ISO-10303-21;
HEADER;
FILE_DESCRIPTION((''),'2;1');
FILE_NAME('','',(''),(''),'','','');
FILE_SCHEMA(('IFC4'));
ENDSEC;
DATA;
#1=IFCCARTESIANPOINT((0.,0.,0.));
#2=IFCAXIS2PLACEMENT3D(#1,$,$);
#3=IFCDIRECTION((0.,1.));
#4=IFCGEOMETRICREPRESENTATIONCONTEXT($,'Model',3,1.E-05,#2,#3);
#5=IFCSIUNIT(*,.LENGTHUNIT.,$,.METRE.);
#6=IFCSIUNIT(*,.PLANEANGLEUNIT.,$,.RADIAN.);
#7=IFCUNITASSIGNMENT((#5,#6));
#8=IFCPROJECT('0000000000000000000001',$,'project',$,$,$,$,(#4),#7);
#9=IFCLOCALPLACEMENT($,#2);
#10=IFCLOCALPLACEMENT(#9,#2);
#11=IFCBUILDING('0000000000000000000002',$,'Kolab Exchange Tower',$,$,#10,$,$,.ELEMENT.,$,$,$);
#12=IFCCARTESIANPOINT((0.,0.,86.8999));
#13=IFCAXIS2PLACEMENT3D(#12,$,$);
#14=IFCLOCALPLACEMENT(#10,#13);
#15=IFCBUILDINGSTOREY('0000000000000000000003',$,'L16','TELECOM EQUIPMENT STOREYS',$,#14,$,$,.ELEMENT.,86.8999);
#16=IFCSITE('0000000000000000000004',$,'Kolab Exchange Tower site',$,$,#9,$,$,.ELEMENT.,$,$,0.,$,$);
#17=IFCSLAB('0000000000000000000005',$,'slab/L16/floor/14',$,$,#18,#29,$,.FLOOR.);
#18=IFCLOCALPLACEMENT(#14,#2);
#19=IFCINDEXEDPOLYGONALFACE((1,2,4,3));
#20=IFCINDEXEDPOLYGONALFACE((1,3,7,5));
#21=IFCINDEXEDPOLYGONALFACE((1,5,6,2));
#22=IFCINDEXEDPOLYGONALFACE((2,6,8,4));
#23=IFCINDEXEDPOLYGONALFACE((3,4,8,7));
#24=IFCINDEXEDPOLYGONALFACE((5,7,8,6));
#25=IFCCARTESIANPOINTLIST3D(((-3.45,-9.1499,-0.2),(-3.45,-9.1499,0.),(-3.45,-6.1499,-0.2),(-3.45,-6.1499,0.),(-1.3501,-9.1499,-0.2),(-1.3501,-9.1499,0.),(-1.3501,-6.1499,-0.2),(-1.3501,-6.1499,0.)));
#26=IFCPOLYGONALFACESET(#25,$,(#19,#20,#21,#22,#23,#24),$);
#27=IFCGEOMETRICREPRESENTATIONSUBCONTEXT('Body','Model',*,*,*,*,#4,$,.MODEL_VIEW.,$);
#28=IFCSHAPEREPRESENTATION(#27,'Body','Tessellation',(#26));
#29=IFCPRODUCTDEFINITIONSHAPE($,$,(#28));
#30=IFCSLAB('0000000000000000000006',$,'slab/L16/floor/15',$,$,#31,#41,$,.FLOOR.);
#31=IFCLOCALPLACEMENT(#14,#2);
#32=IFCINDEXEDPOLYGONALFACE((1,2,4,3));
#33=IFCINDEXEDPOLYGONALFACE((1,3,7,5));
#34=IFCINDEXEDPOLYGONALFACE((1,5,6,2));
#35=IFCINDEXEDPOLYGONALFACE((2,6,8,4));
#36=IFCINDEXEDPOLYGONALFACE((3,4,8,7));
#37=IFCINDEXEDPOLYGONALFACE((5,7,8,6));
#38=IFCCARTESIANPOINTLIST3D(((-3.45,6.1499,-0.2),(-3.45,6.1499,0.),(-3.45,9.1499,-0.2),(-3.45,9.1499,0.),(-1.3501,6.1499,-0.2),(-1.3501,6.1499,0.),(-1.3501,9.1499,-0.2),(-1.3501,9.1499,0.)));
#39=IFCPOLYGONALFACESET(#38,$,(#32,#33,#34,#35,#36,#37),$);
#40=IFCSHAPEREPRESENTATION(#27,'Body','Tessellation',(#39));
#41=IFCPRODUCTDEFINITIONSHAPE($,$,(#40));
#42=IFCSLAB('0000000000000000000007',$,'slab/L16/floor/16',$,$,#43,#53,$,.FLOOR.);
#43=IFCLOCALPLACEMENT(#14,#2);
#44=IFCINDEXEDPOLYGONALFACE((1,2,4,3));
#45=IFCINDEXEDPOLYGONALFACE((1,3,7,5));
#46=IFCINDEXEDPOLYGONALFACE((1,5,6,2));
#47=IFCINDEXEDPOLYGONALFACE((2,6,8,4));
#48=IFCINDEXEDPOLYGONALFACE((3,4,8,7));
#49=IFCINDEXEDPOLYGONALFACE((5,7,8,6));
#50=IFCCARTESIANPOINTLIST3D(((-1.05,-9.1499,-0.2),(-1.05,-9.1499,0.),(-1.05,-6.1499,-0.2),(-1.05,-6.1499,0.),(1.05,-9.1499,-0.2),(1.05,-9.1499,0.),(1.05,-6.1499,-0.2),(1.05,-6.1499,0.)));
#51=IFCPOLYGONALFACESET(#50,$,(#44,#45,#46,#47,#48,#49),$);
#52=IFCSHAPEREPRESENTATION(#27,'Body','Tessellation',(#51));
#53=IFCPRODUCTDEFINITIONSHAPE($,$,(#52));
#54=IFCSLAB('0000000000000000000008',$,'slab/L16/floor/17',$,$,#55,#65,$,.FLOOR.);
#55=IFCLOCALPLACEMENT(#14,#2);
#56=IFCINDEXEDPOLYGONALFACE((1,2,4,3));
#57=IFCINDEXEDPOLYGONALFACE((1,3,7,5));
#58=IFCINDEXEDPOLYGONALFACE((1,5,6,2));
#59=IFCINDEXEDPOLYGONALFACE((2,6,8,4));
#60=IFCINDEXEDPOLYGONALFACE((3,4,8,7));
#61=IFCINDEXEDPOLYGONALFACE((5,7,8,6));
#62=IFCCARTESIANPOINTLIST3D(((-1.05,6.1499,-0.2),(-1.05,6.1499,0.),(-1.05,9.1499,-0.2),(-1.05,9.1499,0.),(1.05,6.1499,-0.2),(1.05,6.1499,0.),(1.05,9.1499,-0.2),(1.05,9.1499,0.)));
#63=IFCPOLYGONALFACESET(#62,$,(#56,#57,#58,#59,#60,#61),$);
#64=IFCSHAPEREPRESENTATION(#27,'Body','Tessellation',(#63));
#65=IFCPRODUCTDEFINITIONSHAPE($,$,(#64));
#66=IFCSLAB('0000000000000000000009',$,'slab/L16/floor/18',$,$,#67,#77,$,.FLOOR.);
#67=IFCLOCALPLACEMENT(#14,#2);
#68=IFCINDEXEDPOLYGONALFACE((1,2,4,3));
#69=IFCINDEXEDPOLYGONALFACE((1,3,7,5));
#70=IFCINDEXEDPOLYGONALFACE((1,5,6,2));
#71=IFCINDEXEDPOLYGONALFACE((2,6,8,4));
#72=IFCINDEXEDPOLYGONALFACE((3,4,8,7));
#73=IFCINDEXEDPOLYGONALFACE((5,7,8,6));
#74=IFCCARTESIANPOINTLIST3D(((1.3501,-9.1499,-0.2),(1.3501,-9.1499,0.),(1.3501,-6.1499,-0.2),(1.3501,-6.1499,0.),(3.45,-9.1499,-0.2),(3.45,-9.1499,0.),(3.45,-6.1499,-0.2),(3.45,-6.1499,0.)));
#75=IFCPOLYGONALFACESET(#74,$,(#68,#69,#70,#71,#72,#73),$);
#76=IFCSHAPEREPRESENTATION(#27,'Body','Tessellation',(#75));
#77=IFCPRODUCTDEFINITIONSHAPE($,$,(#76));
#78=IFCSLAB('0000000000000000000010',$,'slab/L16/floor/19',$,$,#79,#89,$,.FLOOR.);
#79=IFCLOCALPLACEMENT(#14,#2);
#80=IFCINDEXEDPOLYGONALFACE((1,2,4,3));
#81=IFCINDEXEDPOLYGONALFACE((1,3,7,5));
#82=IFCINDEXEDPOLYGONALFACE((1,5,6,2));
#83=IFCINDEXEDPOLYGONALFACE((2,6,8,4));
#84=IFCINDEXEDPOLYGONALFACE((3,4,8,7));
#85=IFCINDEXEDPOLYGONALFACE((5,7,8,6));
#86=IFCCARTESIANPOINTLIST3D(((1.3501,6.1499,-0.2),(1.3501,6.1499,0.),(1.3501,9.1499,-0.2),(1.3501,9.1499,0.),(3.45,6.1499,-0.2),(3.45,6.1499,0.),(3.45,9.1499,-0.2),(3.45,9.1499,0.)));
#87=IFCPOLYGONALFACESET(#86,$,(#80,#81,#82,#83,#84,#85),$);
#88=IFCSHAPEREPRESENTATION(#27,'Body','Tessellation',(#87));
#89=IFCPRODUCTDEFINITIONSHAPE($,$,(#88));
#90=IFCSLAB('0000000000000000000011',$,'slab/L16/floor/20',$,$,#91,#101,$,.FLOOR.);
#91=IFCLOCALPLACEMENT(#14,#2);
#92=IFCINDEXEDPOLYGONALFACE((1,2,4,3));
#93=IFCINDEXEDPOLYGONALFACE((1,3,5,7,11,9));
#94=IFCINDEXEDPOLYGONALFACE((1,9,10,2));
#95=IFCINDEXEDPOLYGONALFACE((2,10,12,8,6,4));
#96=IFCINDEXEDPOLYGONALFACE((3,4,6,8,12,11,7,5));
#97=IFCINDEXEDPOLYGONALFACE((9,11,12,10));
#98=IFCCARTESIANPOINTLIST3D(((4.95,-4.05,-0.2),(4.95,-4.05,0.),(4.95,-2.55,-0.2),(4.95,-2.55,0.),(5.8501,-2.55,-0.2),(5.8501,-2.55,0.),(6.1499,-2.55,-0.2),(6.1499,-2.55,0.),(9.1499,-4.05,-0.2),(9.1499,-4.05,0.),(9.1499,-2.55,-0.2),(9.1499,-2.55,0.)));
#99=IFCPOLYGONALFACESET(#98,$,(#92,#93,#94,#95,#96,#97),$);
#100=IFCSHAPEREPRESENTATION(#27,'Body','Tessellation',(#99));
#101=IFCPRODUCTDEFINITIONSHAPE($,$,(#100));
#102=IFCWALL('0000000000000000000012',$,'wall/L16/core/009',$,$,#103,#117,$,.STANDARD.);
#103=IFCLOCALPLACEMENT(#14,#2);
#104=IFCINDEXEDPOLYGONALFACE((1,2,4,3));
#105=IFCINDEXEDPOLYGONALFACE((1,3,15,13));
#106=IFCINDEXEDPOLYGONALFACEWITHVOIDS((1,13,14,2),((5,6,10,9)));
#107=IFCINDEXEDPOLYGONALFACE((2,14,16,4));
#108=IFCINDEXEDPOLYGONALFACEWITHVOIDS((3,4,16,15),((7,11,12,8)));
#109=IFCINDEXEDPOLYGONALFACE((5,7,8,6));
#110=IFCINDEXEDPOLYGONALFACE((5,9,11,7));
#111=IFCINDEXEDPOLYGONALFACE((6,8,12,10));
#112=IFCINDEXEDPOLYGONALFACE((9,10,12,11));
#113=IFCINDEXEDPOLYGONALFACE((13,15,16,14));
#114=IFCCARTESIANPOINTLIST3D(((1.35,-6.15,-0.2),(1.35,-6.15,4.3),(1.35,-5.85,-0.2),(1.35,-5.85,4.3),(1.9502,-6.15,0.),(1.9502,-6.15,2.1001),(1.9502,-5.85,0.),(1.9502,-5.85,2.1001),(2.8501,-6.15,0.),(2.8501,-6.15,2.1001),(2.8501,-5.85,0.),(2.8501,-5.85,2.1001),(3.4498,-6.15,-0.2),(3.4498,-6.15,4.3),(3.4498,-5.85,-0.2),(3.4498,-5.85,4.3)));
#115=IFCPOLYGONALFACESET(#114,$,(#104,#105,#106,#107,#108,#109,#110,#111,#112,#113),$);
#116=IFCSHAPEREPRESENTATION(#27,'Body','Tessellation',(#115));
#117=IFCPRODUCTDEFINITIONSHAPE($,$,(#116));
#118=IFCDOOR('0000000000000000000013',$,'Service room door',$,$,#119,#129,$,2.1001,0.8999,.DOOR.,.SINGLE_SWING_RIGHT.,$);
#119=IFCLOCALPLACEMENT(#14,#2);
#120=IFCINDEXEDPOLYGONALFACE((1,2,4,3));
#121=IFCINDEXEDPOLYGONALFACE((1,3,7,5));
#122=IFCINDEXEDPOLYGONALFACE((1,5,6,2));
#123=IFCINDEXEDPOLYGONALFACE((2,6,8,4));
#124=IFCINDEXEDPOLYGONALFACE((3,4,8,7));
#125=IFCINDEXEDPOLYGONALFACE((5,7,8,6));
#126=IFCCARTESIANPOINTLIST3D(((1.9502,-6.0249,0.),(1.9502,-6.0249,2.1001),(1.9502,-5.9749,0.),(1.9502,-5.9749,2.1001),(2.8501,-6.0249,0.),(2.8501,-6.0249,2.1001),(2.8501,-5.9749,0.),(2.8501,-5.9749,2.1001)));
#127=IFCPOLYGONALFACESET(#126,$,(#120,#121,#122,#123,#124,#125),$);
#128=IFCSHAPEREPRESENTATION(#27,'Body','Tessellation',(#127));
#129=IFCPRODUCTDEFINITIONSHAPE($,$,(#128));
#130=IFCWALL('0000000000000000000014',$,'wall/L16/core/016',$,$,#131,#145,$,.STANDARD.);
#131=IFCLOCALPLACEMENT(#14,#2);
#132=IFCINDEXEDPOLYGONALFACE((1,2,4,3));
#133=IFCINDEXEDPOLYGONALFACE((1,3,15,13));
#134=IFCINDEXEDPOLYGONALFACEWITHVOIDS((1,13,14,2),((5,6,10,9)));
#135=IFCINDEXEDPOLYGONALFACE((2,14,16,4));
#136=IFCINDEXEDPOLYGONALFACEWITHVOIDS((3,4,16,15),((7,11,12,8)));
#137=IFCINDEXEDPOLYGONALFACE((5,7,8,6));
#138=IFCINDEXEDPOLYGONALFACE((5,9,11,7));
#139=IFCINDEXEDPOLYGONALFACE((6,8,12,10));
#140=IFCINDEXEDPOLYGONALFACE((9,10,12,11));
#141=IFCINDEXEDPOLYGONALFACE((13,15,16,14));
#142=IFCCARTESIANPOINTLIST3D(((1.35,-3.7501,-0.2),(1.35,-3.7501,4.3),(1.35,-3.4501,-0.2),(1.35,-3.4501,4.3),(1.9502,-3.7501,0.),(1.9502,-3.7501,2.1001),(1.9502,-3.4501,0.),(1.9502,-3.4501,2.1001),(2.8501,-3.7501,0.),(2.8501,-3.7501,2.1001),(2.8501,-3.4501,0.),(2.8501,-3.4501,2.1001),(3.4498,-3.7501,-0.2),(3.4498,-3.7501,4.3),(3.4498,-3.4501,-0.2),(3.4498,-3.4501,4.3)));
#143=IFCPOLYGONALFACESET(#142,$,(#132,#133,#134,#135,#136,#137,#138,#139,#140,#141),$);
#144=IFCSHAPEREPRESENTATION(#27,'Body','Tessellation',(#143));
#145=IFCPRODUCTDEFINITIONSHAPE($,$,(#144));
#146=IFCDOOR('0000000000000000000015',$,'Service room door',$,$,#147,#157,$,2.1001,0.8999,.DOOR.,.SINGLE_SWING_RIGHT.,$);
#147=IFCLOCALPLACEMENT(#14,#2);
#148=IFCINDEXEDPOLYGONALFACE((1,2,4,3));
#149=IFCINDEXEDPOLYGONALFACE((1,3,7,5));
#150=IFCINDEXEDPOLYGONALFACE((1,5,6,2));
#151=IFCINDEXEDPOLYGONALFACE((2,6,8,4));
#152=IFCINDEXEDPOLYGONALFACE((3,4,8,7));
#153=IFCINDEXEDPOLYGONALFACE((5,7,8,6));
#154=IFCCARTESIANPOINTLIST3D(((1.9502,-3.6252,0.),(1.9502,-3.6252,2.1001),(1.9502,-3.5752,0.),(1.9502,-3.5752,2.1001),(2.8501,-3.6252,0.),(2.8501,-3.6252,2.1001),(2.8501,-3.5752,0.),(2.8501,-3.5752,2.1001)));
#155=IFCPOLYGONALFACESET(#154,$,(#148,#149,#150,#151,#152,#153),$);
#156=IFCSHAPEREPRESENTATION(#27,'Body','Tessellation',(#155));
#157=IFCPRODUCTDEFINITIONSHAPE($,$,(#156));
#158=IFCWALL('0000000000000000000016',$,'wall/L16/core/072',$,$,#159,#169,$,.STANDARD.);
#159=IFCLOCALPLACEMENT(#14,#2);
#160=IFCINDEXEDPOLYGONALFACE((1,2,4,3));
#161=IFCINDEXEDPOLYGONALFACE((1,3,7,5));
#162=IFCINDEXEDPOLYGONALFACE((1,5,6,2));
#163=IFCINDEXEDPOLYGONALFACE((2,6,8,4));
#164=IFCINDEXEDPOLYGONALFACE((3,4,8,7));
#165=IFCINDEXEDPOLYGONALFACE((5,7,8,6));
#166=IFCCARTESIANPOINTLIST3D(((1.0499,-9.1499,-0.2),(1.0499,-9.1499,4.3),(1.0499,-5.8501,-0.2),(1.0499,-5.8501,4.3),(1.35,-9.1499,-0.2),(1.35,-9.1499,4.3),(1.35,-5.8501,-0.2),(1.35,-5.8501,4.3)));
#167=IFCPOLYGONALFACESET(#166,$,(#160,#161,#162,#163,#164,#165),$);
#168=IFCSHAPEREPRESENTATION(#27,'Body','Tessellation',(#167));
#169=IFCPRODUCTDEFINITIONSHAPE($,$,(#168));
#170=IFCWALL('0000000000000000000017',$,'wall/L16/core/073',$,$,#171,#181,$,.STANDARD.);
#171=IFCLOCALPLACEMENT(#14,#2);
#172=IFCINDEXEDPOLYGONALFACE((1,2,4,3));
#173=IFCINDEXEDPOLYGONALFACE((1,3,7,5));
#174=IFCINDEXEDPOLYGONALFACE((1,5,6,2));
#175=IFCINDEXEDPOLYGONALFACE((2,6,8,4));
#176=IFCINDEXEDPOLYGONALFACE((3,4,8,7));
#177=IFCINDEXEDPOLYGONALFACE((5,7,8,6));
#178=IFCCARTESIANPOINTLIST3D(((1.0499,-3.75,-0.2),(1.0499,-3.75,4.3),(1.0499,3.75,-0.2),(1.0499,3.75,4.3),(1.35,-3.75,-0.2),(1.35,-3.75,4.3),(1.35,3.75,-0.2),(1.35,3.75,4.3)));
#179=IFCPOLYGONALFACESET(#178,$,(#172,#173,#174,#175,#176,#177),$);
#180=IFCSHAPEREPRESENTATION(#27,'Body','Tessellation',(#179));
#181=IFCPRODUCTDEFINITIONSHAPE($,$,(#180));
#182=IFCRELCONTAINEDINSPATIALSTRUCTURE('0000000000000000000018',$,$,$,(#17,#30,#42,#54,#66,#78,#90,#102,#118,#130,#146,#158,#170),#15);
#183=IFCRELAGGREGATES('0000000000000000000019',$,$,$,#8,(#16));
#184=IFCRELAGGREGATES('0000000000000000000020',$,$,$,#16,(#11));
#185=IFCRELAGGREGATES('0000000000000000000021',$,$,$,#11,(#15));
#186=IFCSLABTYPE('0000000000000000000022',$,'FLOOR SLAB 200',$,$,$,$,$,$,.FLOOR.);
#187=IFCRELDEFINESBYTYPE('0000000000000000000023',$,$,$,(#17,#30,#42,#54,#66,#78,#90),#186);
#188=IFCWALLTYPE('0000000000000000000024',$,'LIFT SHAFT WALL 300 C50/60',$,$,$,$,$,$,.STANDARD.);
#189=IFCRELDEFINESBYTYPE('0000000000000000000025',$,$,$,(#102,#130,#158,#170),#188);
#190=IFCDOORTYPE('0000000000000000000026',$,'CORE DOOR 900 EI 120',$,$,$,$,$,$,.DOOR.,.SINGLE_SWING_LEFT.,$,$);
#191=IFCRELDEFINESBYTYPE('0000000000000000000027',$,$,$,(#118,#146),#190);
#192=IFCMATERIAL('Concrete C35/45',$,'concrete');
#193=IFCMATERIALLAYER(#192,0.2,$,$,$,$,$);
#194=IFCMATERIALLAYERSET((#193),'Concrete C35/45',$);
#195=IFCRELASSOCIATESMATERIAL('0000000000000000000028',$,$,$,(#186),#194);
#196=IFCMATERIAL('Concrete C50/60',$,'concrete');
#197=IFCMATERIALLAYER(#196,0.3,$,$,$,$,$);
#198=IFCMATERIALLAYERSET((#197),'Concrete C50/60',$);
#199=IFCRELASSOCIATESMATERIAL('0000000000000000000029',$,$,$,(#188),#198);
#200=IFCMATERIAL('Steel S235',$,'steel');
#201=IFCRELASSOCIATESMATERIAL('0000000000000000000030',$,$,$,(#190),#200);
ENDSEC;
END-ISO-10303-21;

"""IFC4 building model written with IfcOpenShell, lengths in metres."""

from ifc_helpers import new_model, si_unit, direction, frame, frame_2d, origin, place, context, subcontext, project, spatial, polyline, rectangle, outline, extrude, material, layer, layer_set, type_object, element, fill, save


model = new_model("IFC4")

# Units and contexts
model_context = context("Model", 3, precision=1e-05, world=origin(), true_north=direction((0.0, 1.0)))
body_context = subcontext(model_context, "Body", "Model", "MODEL_VIEW")
ifc_project = project(units=[si_unit("LENGTHUNIT", "METRE"), si_unit("PLANEANGLEUNIT", "RADIAN")], contexts=[model_context])

# Site, building, storey
site_placement = place(None, origin())
site = spatial("IfcSite", under=ifc_project, at=site_placement, Name="Kolab Exchange Tower site", CompositionType="ELEMENT", RefElevation=0.0)
building_placement = place(site_placement, origin())
building = spatial("IfcBuilding", under=site, at=building_placement, Name="Kolab Exchange Tower", CompositionType="ELEMENT")
storey_placement = place(building_placement, frame((0.0, 0.0, 86.8999)))
storey = spatial("IfcBuildingStorey", under=building, at=storey_placement, Name="L16", Description="TELECOM EQUIPMENT STOREYS", CompositionType="ELEMENT", Elevation=86.8999)

# Slabs
ifc_material_1 = material(Name="Concrete C35/45", Category="concrete")
ifc_layer_1 = layer(ifc_material_1, 0.2)
ifc_layer_set_1 = layer_set([ifc_layer_1], Name="Concrete C35/45")
slab_type = type_object("IfcSlabType", Name="FLOOR SLAB 200", PredefinedType="FLOOR", material=ifc_layer_set_1)
slab_1_placement = place(storey_placement, frame((0.0, 0.0, -0.2)))
element("IfcSlab", 1, at=slab_1_placement, inside=storey, type_object=slab_type, Name="slab/L16/floor/14", PredefinedType="FLOOR", context=body_context, shape_type="SweptSolid", body=[
    extrude(outline(polyline([(-1.3501, -6.1499), (-3.45, -6.1499), (-3.45, -9.1499), (-1.3501, -9.1499), (-1.3501, -6.1499)])), origin(), (0.0, 0.0, 1.0), 0.2),
])
slab_2_placement = place(storey_placement, frame((0.0, 0.0, -0.2)))
element("IfcSlab", 2, at=slab_2_placement, inside=storey, type_object=slab_type, Name="slab/L16/floor/15", PredefinedType="FLOOR", context=body_context, shape_type="SweptSolid", body=[
    extrude(outline(polyline([(-1.3501, 6.1499), (-1.3501, 9.1499), (-3.45, 9.1499), (-3.45, 6.1499), (-1.3501, 6.1499)])), origin(), (0.0, 0.0, 1.0), 0.2),
])
slab_3_placement = place(storey_placement, frame((0.0, 0.0, -0.2)))
element("IfcSlab", 3, at=slab_3_placement, inside=storey, type_object=slab_type, Name="slab/L16/floor/16", PredefinedType="FLOOR", context=body_context, shape_type="SweptSolid", body=[
    extrude(outline(polyline([(1.05, -6.1499), (-1.05, -6.1499), (-1.05, -9.1499), (1.05, -9.1499), (1.05, -6.1499)])), origin(), (0.0, 0.0, 1.0), 0.2),
])
slab_4_placement = place(storey_placement, frame((0.0, 0.0, -0.2)))
element("IfcSlab", 4, at=slab_4_placement, inside=storey, type_object=slab_type, Name="slab/L16/floor/17", PredefinedType="FLOOR", context=body_context, shape_type="SweptSolid", body=[
    extrude(outline(polyline([(-1.05, 9.1499), (-1.05, 6.1499), (1.05, 6.1499), (1.05, 9.1499), (-1.05, 9.1499)])), origin(), (0.0, 0.0, 1.0), 0.2),
])
slab_5_placement = place(storey_placement, frame((0.0, 0.0, -0.2)))
element("IfcSlab", 5, at=slab_5_placement, inside=storey, type_object=slab_type, Name="slab/L16/floor/18", PredefinedType="FLOOR", context=body_context, shape_type="SweptSolid", body=[
    extrude(outline(polyline([(1.3501, -6.1499), (1.3501, -9.1499), (3.45, -9.1499), (3.45, -6.1499), (1.3501, -6.1499)])), origin(), (0.0, 0.0, 1.0), 0.2),
])
slab_6_placement = place(storey_placement, frame((0.0, 0.0, -0.2)))
element("IfcSlab", 6, at=slab_6_placement, inside=storey, type_object=slab_type, Name="slab/L16/floor/19", PredefinedType="FLOOR", context=body_context, shape_type="SweptSolid", body=[
    extrude(outline(polyline([(1.3501, 6.1499), (3.45, 6.1499), (3.45, 9.1499), (1.3501, 9.1499), (1.3501, 6.1499)])), origin(), (0.0, 0.0, 1.0), 0.2),
])
slab_7_placement = place(storey_placement, frame((0.0, 0.0, -0.2)))
element("IfcSlab", 7, at=slab_7_placement, inside=storey, type_object=slab_type, Name="slab/L16/floor/20", PredefinedType="FLOOR", context=body_context, shape_type="SweptSolid", body=[
    extrude(outline(polyline([(4.95, -4.05), (9.1499, -4.05), (9.1499, -2.55), (6.1499, -2.55), (5.8501, -2.55), (4.95, -2.55), (4.95, -4.05)])), origin(), (0.0, 0.0, 1.0), 0.2),
])

# Walls, openings, doors
ifc_material_2 = material(Name="Concrete C50/60", Category="concrete")
ifc_layer_2 = layer(ifc_material_2, 0.3)
ifc_layer_set_2 = layer_set([ifc_layer_2], Name="Concrete C50/60")
wall_type_1 = type_object("IfcWallType", Name="LIFT SHAFT WALL 300 C50/60", PredefinedType="STANDARD", material=ifc_layer_set_2)
wall_1_placement = place(storey_placement, frame((1.3501, -6.0, -0.2), z_axis=(0.0, 0.0, 1.0), x_axis=(1.0, 0.0, 0.0)))
wall_1 = element("IfcWall", 8, at=wall_1_placement, inside=storey, type_object=wall_type_1, Name="wall/L16/core/009", PredefinedType="STANDARD", context=body_context, shape_type="SweptSolid", body=[
    extrude(rectangle(XDim=2.0999, YDim=0.3, at=frame_2d((1.0498, 0.0))), origin(), (0.0, 0.0, 1.0), 4.5),
])
opening_1_placement = place(wall_1_placement, frame((0.6001, 0.0, 0.2)))
opening_1 = element("IfcOpeningElement", 9, at=opening_1_placement, cuts=wall_1, PredefinedType="OPENING", context=body_context, shape_type="SweptSolid", body=[
    extrude(rectangle(XDim=0.8999, YDim=2.1001, at=frame_2d((0.45, 1.05))), frame((0.0, 0.1602, 0.0), z_axis=(0.0, -1.0, 0.0), x_axis=(1.0, 0.0, 0.0)), (0.0, 0.0, 1.0), 0.3201),
])
ifc_material_3 = material(Name="Steel S235", Category="steel")
door_type_1 = type_object("IfcDoorType", Name="CORE DOOR 900 EI 120", OperationType="SINGLE_SWING_LEFT", PredefinedType="DOOR", material=ifc_material_3)
door_1_placement = place(opening_1_placement, frame((0.8999, 0.0, 0.0), z_axis=(0.0, 0.0, 1.0), x_axis=(-1.0, 0.0, 0.0)))
door_1 = element("IfcDoor", 10, at=door_1_placement, inside=storey, type_object=door_type_1, Name="Service room door", OperationType="SINGLE_SWING_RIGHT", OverallHeight=2.1001, OverallWidth=0.8999, PredefinedType="DOOR", context=body_context, shape_type="SweptSolid", body=[
    extrude(rectangle(XDim=0.8999, YDim=2.1001, at=frame_2d((0.45, 1.05))), frame((0.0, 0.0249, 0.0), z_axis=(0.0, -1.0, 0.0), x_axis=(1.0, 0.0, 0.0)), (0.0, 0.0, 1.0), 0.05),
])
fill(opening_1, door_1)
wall_2_placement = place(storey_placement, frame((1.3501, -3.6001, -0.2), z_axis=(0.0, 0.0, 1.0), x_axis=(1.0, 0.0, 0.0)))
wall_2 = element("IfcWall", 11, at=wall_2_placement, inside=storey, type_object=wall_type_1, Name="wall/L16/core/016", PredefinedType="STANDARD", context=body_context, shape_type="SweptSolid", body=[
    extrude(rectangle(XDim=2.0999, YDim=0.3, at=frame_2d((1.0498, 0.0))), origin(), (0.0, 0.0, 1.0), 4.5),
])
opening_2_placement = place(wall_2_placement, frame((0.6001, 0.0, 0.2)))
opening_2 = element("IfcOpeningElement", 12, at=opening_2_placement, cuts=wall_2, PredefinedType="OPENING", context=body_context, shape_type="SweptSolid", body=[
    extrude(rectangle(XDim=0.8999, YDim=2.1001, at=frame_2d((0.45, 1.05))), frame((0.0, 0.1602, 0.0), z_axis=(0.0, -1.0, 0.0), x_axis=(1.0, 0.0, 0.0)), (0.0, 0.0, 1.0), 0.3201),
])
door_2_placement = place(opening_2_placement, origin())
door_2 = element("IfcDoor", 13, at=door_2_placement, inside=storey, type_object=door_type_1, Name="Service room door", OperationType="SINGLE_SWING_RIGHT", OverallHeight=2.1001, OverallWidth=0.8999, PredefinedType="DOOR", context=body_context, shape_type="SweptSolid", body=[
    extrude(rectangle(XDim=0.8999, YDim=2.1001, at=frame_2d((0.45, 1.05))), frame((0.0, 0.0249, 0.0), z_axis=(0.0, -1.0, 0.0), x_axis=(1.0, 0.0, 0.0)), (0.0, 0.0, 1.0), 0.05),
])
fill(opening_2, door_2)

# Walls
wall_3_placement = place(storey_placement, frame((1.2, -9.1499, -0.2), z_axis=(0.0, 0.0, 1.0), x_axis=(0.0, 1.0, 0.0)))
element("IfcWall", 14, at=wall_3_placement, inside=storey, type_object=wall_type_1, Name="wall/L16/core/072", PredefinedType="STANDARD", context=body_context, shape_type="SweptSolid", body=[
    extrude(rectangle(XDim=3.2998, YDim=0.3, at=frame_2d((1.6499, 0.0))), origin(), (0.0, 0.0, 1.0), 4.5),
])
wall_4_placement = place(storey_placement, frame((1.2, -3.75, -0.2), z_axis=(0.0, 0.0, 1.0), x_axis=(0.0, 1.0, 0.0)))
element("IfcWall", 15, at=wall_4_placement, inside=storey, type_object=wall_type_1, Name="wall/L16/core/073", PredefinedType="STANDARD", context=body_context, shape_type="SweptSolid", body=[
    extrude(rectangle(XDim=7.5, YDim=0.3, at=frame_2d((3.75, 0.0))), origin(), (0.0, 0.0, 1.0), 4.5),
])

save(model, "model.ifc")
